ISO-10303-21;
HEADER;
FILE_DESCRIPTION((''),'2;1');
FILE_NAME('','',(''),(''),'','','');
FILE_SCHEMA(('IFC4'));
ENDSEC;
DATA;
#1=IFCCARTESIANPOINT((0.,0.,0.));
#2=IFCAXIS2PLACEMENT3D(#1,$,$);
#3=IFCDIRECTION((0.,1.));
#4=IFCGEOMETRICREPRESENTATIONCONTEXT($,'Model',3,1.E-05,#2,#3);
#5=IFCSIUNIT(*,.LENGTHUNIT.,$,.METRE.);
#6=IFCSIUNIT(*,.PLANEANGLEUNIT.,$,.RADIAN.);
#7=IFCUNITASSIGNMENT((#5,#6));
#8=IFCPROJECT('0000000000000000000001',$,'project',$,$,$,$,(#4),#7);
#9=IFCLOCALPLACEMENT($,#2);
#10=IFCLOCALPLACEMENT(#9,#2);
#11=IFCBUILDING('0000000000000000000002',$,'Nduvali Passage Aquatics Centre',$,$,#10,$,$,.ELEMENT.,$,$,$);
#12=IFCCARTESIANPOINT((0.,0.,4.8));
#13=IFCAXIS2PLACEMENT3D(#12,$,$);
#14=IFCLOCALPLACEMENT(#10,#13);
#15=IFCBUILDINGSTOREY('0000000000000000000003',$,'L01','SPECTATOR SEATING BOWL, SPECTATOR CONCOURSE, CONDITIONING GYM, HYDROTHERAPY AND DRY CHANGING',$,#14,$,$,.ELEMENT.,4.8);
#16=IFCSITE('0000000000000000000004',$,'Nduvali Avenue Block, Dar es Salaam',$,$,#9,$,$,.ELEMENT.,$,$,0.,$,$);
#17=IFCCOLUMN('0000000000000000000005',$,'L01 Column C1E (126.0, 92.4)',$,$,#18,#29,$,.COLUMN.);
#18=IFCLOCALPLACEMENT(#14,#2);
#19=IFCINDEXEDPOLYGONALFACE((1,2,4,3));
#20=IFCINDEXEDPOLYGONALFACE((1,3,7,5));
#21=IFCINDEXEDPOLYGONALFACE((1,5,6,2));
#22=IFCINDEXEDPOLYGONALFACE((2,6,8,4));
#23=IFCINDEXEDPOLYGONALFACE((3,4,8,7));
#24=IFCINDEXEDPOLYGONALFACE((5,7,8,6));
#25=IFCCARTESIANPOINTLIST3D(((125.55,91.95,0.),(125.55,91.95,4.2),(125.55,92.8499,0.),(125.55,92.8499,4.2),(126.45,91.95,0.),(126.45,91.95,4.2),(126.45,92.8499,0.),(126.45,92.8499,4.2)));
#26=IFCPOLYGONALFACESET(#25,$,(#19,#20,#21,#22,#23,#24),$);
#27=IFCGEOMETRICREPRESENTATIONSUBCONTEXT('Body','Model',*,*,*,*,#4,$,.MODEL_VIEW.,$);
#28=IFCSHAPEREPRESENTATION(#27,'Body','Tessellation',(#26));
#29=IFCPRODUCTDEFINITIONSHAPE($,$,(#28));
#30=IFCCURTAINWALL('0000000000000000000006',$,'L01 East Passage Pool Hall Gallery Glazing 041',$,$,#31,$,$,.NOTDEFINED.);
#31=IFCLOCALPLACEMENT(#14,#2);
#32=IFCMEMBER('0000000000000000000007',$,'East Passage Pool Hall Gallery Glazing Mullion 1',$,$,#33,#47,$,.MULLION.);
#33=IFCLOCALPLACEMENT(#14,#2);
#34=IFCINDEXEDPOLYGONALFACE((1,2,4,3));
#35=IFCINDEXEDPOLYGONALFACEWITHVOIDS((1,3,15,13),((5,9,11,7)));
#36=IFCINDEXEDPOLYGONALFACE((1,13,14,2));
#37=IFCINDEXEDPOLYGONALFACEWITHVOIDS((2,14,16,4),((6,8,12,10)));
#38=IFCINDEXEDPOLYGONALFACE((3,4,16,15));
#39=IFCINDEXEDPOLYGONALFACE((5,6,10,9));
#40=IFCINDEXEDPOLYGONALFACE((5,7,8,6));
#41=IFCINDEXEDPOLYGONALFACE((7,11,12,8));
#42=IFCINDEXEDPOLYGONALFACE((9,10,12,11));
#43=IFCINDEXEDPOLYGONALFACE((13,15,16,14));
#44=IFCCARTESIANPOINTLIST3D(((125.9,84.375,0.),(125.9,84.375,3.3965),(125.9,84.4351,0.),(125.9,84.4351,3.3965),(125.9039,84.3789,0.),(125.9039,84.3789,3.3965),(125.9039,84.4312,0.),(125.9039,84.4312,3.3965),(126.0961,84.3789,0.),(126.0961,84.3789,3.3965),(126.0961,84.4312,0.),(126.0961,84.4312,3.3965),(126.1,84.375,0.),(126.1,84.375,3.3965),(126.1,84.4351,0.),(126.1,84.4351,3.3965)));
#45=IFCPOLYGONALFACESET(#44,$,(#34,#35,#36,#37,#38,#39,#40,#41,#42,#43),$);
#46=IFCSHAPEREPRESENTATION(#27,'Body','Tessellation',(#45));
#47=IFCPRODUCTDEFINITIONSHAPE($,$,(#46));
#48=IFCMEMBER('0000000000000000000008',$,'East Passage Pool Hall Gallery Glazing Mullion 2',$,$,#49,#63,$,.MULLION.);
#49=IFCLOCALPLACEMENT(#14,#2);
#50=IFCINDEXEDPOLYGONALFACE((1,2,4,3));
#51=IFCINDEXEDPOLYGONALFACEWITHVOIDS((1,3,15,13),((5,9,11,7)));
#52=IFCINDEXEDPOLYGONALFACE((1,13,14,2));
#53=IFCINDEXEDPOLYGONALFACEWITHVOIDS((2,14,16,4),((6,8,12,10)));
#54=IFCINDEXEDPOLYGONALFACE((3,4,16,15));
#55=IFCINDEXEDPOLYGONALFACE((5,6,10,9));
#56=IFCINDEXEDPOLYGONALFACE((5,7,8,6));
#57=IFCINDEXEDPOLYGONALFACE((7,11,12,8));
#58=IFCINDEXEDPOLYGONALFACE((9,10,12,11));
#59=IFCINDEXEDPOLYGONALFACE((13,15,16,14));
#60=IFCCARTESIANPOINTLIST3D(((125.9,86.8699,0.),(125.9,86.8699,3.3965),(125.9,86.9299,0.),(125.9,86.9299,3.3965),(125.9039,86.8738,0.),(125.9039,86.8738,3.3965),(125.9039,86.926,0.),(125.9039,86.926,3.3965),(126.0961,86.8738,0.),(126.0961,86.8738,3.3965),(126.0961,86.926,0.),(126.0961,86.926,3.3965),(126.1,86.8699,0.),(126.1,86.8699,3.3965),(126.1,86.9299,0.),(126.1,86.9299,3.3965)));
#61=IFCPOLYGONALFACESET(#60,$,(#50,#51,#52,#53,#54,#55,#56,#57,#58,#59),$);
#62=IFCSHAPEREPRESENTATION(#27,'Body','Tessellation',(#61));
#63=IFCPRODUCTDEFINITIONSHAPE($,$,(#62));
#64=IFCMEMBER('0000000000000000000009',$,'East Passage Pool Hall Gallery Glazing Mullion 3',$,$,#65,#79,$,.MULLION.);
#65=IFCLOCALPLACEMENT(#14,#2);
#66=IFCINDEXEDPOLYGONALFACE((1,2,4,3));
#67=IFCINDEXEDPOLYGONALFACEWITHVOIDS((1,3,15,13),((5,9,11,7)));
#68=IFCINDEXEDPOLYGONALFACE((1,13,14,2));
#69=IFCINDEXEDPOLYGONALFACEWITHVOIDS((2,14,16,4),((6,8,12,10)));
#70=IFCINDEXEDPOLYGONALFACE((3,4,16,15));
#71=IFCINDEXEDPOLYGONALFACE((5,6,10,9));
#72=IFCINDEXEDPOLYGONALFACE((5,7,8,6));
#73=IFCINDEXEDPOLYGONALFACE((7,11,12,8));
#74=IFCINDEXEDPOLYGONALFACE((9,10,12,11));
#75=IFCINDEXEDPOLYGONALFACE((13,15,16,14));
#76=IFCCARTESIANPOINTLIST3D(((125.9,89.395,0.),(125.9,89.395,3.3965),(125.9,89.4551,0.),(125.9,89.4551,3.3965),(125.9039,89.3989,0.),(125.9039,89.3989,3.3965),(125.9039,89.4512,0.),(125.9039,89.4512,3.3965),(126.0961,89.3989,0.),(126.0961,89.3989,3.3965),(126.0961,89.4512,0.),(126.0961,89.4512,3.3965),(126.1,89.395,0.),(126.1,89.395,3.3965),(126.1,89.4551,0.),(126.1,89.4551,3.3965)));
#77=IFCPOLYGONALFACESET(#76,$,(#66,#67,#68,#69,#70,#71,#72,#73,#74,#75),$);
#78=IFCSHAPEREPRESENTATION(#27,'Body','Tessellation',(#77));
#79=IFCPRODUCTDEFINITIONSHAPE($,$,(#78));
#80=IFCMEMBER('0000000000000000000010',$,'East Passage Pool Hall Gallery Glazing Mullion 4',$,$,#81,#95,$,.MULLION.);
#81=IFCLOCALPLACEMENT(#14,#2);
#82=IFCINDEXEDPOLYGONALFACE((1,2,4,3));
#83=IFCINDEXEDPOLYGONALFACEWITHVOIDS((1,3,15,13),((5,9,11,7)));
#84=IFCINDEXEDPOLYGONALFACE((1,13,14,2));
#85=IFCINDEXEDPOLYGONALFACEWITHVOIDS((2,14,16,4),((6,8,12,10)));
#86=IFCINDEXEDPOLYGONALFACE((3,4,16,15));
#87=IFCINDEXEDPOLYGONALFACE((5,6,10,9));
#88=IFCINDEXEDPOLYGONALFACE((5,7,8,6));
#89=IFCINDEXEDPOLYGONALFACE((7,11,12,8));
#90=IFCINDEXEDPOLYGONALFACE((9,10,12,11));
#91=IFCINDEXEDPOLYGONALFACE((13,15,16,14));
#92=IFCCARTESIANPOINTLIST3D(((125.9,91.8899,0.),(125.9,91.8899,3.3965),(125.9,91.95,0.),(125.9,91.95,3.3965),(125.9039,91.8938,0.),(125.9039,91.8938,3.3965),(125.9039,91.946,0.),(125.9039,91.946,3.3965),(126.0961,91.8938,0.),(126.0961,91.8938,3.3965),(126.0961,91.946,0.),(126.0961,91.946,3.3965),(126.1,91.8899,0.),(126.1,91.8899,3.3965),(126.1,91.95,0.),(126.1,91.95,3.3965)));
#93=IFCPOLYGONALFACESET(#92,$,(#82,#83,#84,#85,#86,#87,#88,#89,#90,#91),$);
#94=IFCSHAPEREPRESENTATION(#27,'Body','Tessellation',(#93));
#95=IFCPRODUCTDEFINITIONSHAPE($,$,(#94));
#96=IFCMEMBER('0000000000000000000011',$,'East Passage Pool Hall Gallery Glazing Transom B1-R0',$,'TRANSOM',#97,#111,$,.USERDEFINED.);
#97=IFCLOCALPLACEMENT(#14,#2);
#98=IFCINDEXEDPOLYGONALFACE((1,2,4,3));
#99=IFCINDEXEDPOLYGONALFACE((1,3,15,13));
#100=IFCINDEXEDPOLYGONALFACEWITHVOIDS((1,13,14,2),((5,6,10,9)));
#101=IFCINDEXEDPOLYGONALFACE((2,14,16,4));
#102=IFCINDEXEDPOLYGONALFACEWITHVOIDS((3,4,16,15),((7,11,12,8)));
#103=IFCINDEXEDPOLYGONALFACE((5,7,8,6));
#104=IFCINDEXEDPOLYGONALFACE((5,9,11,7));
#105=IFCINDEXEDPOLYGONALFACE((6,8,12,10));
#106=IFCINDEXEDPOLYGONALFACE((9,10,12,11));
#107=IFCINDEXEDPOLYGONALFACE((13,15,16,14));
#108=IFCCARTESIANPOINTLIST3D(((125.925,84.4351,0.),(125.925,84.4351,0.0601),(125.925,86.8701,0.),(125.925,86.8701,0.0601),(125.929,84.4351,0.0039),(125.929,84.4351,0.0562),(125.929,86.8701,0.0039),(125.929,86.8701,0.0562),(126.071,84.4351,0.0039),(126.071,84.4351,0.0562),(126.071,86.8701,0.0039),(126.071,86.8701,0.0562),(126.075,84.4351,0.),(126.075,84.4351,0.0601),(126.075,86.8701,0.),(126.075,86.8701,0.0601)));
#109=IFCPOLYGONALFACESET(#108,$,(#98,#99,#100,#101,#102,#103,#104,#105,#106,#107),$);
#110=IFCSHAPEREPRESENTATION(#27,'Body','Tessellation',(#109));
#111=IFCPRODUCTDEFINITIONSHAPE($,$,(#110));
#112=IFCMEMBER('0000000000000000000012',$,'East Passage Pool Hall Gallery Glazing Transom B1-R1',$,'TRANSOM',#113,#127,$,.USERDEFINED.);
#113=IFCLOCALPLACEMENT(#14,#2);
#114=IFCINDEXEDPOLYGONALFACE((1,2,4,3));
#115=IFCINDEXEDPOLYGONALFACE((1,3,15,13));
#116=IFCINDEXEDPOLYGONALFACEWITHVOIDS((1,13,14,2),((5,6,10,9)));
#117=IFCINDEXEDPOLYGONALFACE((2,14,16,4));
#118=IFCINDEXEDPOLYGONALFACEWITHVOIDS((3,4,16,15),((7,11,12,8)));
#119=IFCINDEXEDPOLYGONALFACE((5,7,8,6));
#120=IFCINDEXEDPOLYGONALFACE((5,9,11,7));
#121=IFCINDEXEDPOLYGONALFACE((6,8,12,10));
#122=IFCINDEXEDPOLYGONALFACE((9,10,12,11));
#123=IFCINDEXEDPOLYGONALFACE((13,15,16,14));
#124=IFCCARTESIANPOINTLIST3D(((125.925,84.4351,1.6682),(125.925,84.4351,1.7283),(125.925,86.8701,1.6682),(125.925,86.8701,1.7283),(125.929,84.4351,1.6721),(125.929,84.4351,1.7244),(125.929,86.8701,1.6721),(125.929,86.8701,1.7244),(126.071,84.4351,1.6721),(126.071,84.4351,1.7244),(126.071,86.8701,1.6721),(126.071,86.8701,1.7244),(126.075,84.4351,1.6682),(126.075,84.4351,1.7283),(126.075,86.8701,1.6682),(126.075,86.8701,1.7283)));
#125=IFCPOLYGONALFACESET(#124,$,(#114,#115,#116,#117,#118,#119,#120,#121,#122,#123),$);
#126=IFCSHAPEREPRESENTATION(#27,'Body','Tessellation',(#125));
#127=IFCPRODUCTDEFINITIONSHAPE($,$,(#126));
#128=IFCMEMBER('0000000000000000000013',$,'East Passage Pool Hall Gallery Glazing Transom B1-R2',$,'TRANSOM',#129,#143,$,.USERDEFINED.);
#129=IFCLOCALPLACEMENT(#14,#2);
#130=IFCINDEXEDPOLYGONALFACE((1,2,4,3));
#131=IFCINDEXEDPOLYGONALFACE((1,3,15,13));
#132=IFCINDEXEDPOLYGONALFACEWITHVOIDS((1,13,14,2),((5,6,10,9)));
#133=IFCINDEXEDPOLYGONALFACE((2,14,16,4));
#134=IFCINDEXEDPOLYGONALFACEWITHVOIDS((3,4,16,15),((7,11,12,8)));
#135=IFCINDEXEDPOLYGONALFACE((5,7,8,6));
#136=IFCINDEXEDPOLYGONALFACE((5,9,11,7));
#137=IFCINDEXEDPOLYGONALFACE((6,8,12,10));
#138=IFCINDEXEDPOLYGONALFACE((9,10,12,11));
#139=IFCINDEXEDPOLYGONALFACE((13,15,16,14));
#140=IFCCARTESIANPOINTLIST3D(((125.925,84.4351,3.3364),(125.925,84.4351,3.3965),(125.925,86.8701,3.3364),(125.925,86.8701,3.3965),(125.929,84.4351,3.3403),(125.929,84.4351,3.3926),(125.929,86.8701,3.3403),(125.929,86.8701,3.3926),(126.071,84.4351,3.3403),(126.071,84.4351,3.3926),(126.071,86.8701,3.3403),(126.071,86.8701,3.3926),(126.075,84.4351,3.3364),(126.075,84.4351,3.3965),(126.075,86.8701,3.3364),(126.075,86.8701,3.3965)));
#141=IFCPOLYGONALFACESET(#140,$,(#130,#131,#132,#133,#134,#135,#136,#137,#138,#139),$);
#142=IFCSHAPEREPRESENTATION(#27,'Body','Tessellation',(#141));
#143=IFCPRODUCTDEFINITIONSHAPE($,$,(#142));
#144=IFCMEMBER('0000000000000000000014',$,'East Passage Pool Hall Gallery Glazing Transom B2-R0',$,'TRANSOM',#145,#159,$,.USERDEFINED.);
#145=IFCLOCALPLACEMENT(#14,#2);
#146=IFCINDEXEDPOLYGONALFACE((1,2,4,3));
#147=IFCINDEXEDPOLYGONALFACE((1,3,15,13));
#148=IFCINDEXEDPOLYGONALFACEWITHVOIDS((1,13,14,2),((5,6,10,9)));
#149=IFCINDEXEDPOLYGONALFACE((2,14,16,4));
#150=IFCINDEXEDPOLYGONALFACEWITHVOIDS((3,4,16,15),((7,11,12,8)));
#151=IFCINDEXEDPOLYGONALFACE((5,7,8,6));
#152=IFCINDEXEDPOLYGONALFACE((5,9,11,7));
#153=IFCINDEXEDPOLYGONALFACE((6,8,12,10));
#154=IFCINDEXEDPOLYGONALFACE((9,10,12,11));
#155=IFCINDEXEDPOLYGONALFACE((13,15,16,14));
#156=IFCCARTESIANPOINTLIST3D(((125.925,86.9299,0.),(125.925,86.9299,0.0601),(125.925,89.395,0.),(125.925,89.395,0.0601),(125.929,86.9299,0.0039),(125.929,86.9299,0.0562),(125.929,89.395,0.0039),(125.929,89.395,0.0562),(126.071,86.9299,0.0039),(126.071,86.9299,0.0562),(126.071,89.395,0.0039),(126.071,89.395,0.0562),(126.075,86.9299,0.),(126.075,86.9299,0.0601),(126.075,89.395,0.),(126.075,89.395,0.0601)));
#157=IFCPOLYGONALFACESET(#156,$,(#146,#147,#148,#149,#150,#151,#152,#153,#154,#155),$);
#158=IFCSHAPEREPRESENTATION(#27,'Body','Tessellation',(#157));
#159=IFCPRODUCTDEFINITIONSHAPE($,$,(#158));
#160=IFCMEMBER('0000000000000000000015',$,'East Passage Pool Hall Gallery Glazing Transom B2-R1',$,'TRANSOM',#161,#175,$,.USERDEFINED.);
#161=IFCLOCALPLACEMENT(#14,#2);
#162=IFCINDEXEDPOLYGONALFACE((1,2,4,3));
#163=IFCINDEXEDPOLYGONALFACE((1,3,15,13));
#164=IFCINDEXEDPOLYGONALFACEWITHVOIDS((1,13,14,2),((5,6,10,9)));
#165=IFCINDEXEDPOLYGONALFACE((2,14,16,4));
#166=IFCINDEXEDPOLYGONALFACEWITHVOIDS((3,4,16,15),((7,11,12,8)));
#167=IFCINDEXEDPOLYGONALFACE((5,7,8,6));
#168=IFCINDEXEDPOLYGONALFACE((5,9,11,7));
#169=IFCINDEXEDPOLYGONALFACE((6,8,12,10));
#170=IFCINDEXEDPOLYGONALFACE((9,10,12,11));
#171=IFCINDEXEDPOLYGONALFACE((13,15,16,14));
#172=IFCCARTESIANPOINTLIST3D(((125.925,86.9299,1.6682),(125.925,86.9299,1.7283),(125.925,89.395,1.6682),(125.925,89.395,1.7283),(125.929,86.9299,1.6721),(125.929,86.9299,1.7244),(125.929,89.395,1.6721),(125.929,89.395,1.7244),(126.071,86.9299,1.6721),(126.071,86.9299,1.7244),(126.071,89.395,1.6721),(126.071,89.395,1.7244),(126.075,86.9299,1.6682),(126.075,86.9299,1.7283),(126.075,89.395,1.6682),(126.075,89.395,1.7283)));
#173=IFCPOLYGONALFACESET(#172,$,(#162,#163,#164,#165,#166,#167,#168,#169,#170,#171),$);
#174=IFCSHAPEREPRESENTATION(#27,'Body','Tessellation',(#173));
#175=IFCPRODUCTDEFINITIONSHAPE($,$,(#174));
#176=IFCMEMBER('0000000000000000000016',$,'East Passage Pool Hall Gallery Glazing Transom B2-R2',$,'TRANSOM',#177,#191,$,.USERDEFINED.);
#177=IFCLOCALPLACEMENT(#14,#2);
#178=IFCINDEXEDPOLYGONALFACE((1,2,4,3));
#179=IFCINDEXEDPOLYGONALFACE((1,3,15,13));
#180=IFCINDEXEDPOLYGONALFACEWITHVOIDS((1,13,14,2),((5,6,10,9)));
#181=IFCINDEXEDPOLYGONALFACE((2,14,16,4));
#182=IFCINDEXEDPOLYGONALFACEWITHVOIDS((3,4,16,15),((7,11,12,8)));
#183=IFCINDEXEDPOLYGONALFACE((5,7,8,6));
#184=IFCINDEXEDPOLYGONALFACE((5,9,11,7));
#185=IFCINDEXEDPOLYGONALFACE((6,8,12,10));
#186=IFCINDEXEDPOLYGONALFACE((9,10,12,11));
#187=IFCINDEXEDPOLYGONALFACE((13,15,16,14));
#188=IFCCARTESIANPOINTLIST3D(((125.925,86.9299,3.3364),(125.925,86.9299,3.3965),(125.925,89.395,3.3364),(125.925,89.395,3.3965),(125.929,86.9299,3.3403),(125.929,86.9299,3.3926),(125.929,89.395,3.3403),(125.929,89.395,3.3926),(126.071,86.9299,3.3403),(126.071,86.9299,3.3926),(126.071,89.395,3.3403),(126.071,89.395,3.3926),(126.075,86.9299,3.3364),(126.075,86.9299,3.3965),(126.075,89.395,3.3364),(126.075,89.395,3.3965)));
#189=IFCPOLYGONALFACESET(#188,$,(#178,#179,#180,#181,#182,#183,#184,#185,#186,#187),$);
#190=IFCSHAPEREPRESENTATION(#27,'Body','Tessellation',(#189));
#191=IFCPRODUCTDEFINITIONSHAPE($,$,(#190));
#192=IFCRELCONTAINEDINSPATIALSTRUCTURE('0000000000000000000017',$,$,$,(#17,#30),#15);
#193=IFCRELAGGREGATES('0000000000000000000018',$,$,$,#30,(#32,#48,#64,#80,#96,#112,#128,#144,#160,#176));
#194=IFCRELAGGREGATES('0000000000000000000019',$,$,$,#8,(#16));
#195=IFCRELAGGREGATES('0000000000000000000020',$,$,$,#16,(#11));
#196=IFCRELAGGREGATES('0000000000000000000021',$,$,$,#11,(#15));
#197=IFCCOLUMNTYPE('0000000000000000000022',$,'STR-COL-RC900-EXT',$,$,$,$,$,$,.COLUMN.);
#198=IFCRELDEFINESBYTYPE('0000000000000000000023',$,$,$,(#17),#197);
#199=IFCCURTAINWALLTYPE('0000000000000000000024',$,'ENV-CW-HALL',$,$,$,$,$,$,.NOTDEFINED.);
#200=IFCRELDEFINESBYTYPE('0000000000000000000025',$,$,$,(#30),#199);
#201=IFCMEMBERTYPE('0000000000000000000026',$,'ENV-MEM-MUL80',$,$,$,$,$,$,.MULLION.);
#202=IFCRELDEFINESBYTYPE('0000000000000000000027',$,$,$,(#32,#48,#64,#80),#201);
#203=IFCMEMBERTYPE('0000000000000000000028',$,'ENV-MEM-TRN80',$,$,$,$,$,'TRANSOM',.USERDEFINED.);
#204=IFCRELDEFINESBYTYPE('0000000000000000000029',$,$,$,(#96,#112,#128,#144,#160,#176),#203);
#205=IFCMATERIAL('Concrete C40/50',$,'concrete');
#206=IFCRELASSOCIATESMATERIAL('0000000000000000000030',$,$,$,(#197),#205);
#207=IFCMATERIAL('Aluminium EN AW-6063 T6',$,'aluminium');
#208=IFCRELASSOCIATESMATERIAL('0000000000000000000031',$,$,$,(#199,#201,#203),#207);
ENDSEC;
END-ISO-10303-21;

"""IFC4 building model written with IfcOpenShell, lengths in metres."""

from ifc_helpers import new_model, si_unit, direction, frame, origin, origin_2d, place, context, subcontext, project, spatial, rectangle, hollow_rectangle, extrude, material, material_profile, profile_set, type_object, element, aggregate, save


model = new_model("IFC4")

# Units and contexts
model_context = context("Model", 3, precision=1e-05, world=origin(), true_north=direction((0.0, 1.0)))
body_context = subcontext(model_context, "Body", "Model", "MODEL_VIEW")
ifc_project = project(units=[si_unit("LENGTHUNIT", "METRE"), si_unit("PLANEANGLEUNIT", "RADIAN")], contexts=[model_context])

# Site, building, storey
site_placement = place(None, origin())
site = spatial("IfcSite", under=ifc_project, at=site_placement, Name="Nduvali Avenue Block, Dar es Salaam", CompositionType="ELEMENT", RefElevation=0.0)
building_placement = place(site_placement, origin())
building = spatial("IfcBuilding", under=site, at=building_placement, Name="Nduvali Passage Aquatics Centre", CompositionType="ELEMENT")
storey_placement = place(building_placement, frame((0.0, 0.0, 4.8)))
storey = spatial("IfcBuildingStorey", under=building, at=storey_placement, Name="L01", Description="SPECTATOR SEATING BOWL, SPECTATOR CONCOURSE, CONDITIONING GYM, HYDROTHERAPY AND DRY CHANGING", CompositionType="ELEMENT", Elevation=4.8)

# Column
ifc_material_1 = material(Name="Concrete C40/50", Category="concrete")
ifc_material_profile_1 = material_profile(ifc_material_1, rectangle(XDim=0.8999, YDim=0.8999, at=origin_2d()), Name="RC 900x900")
ifc_profile_set_1 = profile_set([ifc_material_profile_1], Name="Concrete C40/50")
column_type = type_object("IfcColumnType", Name="STR-COL-RC900-EXT", PredefinedType="COLUMN", material=ifc_profile_set_1)
column_placement = place(storey_placement, frame((126.0, 92.3999, 0.0), z_axis=(0.0, 0.0, 1.0), x_axis=(1.0, 0.0, 0.0)))
element("IfcColumn", 1, at=column_placement, inside=storey, type_object=column_type, Name="L01 Column C1E (126.0, 92.4)", PredefinedType="COLUMN", context=body_context, shape_type="SweptSolid", body=[
    extrude(rectangle(XDim=0.8999, YDim=0.8999, at=origin_2d()), origin(), (0.0, 0.0, 1.0), 4.2),
])

# Curtain wall, members
ifc_material_2 = material(Name="Aluminium EN AW-6063 T6", Category="aluminium")
curtain_wall_type = type_object("IfcCurtainWallType", Name="ENV-CW-HALL", PredefinedType="NOTDEFINED", material=ifc_material_2)
curtain_wall_placement = place(storey_placement, origin())
curtain_wall = element("IfcCurtainWall", 2, at=curtain_wall_placement, inside=storey, type_object=curtain_wall_type, Name="L01 East Passage Pool Hall Gallery Glazing 041", PredefinedType="NOTDEFINED")
ifc_material_profile_2 = material_profile(ifc_material_2, hollow_rectangle(XDim=0.0601, YDim=0.2, WallThickness=0.0039, at=origin_2d()), Name="ALU MULLION 60x200x4")
ifc_profile_set_2 = profile_set([ifc_material_profile_2], Name="Aluminium EN AW-6063 T6")
member_type_1 = type_object("IfcMemberType", Name="ENV-MEM-MUL80", PredefinedType="MULLION", material=ifc_profile_set_2)
member_1_placement = place(storey_placement, frame((126.0, 84.405, 0.0), z_axis=(0.0, 0.0, 1.0), x_axis=(0.0, 1.0, 0.0)))
member_1 = element("IfcMember", 3, at=member_1_placement, type_object=member_type_1, Name="East Passage Pool Hall Gallery Glazing Mullion 1", PredefinedType="MULLION", context=body_context, shape_type="SweptSolid", body=[
    extrude(hollow_rectangle(XDim=0.0601, YDim=0.2, WallThickness=0.0039, at=origin_2d()), origin(), (0.0, 0.0, 1.0), 3.3965),
])
member_2_placement = place(storey_placement, frame((126.0, 86.8999, 0.0), z_axis=(0.0, 0.0, 1.0), x_axis=(0.0, 1.0, 0.0)))
member_2 = element("IfcMember", 4, at=member_2_placement, type_object=member_type_1, Name="East Passage Pool Hall Gallery Glazing Mullion 2", PredefinedType="MULLION", context=body_context, shape_type="SweptSolid", body=[
    extrude(hollow_rectangle(XDim=0.0601, YDim=0.2, WallThickness=0.0039, at=origin_2d()), origin(), (0.0, 0.0, 1.0), 3.3965),
])
member_3_placement = place(storey_placement, frame((126.0, 89.425, 0.0), z_axis=(0.0, 0.0, 1.0), x_axis=(0.0, 1.0, 0.0)))
member_3 = element("IfcMember", 5, at=member_3_placement, type_object=member_type_1, Name="East Passage Pool Hall Gallery Glazing Mullion 3", PredefinedType="MULLION", context=body_context, shape_type="SweptSolid", body=[
    extrude(hollow_rectangle(XDim=0.0601, YDim=0.2, WallThickness=0.0039, at=origin_2d()), origin(), (0.0, 0.0, 1.0), 3.3965),
])
member_4_placement = place(storey_placement, frame((126.0, 91.9199, 0.0), z_axis=(0.0, 0.0, 1.0), x_axis=(0.0, 1.0, 0.0)))
member_4 = element("IfcMember", 6, at=member_4_placement, type_object=member_type_1, Name="East Passage Pool Hall Gallery Glazing Mullion 4", PredefinedType="MULLION", context=body_context, shape_type="SweptSolid", body=[
    extrude(hollow_rectangle(XDim=0.0601, YDim=0.2, WallThickness=0.0039, at=origin_2d()), origin(), (0.0, 0.0, 1.0), 3.3965),
])
ifc_material_profile_3 = material_profile(ifc_material_2, hollow_rectangle(XDim=0.1499, YDim=0.0601, WallThickness=0.0039, at=origin_2d()), Name="ALU TRANSOM 150x60x4")
ifc_profile_set_3 = profile_set([ifc_material_profile_3], Name="Aluminium EN AW-6063 T6")
member_type_2 = type_object("IfcMemberType", Name="ENV-MEM-TRN80", ElementType="TRANSOM", PredefinedType="USERDEFINED", material=ifc_profile_set_3)
member_5_placement = place(storey_placement, frame((126.0, 84.4351, 0.03), z_axis=(0.0, 1.0, 0.0), x_axis=(-1.0, 0.0, 0.0)))
member_5 = element("IfcMember", 7, at=member_5_placement, type_object=member_type_2, Name="East Passage Pool Hall Gallery Glazing Transom B1-R0", ObjectType="TRANSOM", PredefinedType="USERDEFINED", context=body_context, shape_type="SweptSolid", body=[
    extrude(hollow_rectangle(XDim=0.1499, YDim=0.0601, WallThickness=0.0039, at=origin_2d()), origin(), (0.0, 0.0, 1.0), 2.4351),
])
member_6_placement = place(storey_placement, frame((126.0, 84.4351, 1.6982), z_axis=(0.0, 1.0, 0.0), x_axis=(-1.0, 0.0, 0.0)))
member_6 = element("IfcMember", 8, at=member_6_placement, type_object=member_type_2, Name="East Passage Pool Hall Gallery Glazing Transom B1-R1", ObjectType="TRANSOM", PredefinedType="USERDEFINED", context=body_context, shape_type="SweptSolid", body=[
    extrude(hollow_rectangle(XDim=0.1499, YDim=0.0601, WallThickness=0.0039, at=origin_2d()), origin(), (0.0, 0.0, 1.0), 2.4351),
])
member_7_placement = place(storey_placement, frame((126.0, 84.4351, 3.3665), z_axis=(0.0, 1.0, 0.0), x_axis=(-1.0, 0.0, 0.0)))
member_7 = element("IfcMember", 9, at=member_7_placement, type_object=member_type_2, Name="East Passage Pool Hall Gallery Glazing Transom B1-R2", ObjectType="TRANSOM", PredefinedType="USERDEFINED", context=body_context, shape_type="SweptSolid", body=[
    extrude(hollow_rectangle(XDim=0.1499, YDim=0.0601, WallThickness=0.0039, at=origin_2d()), origin(), (0.0, 0.0, 1.0), 2.4351),
])
member_8_placement = place(storey_placement, frame((126.0, 86.9299, 0.03), z_axis=(0.0, 1.0, 0.0), x_axis=(-1.0, 0.0, 0.0)))
member_8 = element("IfcMember", 10, at=member_8_placement, type_object=member_type_2, Name="East Passage Pool Hall Gallery Glazing Transom B2-R0", ObjectType="TRANSOM", PredefinedType="USERDEFINED", context=body_context, shape_type="SweptSolid", body=[
    extrude(hollow_rectangle(XDim=0.1499, YDim=0.0601, WallThickness=0.0039, at=origin_2d()), origin(), (0.0, 0.0, 1.0), 2.4651),
])
member_9_placement = place(storey_placement, frame((126.0, 86.9299, 1.6982), z_axis=(0.0, 1.0, 0.0), x_axis=(-1.0, 0.0, 0.0)))
member_9 = element("IfcMember", 11, at=member_9_placement, type_object=member_type_2, Name="East Passage Pool Hall Gallery Glazing Transom B2-R1", ObjectType="TRANSOM", PredefinedType="USERDEFINED", context=body_context, shape_type="SweptSolid", body=[
    extrude(hollow_rectangle(XDim=0.1499, YDim=0.0601, WallThickness=0.0039, at=origin_2d()), origin(), (0.0, 0.0, 1.0), 2.4651),
])
member_10_placement = place(storey_placement, frame((126.0, 86.9299, 3.3665), z_axis=(0.0, 1.0, 0.0), x_axis=(-1.0, 0.0, 0.0)))
member_10 = element("IfcMember", 12, at=member_10_placement, type_object=member_type_2, Name="East Passage Pool Hall Gallery Glazing Transom B2-R2", ObjectType="TRANSOM", PredefinedType="USERDEFINED", context=body_context, shape_type="SweptSolid", body=[
    extrude(hollow_rectangle(XDim=0.1499, YDim=0.0601, WallThickness=0.0039, at=origin_2d()), origin(), (0.0, 0.0, 1.0), 2.4651),
])

aggregate(curtain_wall, [member_1, member_2, member_3, member_4, member_5, member_6, member_7, member_8, member_9, member_10])

save(model, "model.ifc")
